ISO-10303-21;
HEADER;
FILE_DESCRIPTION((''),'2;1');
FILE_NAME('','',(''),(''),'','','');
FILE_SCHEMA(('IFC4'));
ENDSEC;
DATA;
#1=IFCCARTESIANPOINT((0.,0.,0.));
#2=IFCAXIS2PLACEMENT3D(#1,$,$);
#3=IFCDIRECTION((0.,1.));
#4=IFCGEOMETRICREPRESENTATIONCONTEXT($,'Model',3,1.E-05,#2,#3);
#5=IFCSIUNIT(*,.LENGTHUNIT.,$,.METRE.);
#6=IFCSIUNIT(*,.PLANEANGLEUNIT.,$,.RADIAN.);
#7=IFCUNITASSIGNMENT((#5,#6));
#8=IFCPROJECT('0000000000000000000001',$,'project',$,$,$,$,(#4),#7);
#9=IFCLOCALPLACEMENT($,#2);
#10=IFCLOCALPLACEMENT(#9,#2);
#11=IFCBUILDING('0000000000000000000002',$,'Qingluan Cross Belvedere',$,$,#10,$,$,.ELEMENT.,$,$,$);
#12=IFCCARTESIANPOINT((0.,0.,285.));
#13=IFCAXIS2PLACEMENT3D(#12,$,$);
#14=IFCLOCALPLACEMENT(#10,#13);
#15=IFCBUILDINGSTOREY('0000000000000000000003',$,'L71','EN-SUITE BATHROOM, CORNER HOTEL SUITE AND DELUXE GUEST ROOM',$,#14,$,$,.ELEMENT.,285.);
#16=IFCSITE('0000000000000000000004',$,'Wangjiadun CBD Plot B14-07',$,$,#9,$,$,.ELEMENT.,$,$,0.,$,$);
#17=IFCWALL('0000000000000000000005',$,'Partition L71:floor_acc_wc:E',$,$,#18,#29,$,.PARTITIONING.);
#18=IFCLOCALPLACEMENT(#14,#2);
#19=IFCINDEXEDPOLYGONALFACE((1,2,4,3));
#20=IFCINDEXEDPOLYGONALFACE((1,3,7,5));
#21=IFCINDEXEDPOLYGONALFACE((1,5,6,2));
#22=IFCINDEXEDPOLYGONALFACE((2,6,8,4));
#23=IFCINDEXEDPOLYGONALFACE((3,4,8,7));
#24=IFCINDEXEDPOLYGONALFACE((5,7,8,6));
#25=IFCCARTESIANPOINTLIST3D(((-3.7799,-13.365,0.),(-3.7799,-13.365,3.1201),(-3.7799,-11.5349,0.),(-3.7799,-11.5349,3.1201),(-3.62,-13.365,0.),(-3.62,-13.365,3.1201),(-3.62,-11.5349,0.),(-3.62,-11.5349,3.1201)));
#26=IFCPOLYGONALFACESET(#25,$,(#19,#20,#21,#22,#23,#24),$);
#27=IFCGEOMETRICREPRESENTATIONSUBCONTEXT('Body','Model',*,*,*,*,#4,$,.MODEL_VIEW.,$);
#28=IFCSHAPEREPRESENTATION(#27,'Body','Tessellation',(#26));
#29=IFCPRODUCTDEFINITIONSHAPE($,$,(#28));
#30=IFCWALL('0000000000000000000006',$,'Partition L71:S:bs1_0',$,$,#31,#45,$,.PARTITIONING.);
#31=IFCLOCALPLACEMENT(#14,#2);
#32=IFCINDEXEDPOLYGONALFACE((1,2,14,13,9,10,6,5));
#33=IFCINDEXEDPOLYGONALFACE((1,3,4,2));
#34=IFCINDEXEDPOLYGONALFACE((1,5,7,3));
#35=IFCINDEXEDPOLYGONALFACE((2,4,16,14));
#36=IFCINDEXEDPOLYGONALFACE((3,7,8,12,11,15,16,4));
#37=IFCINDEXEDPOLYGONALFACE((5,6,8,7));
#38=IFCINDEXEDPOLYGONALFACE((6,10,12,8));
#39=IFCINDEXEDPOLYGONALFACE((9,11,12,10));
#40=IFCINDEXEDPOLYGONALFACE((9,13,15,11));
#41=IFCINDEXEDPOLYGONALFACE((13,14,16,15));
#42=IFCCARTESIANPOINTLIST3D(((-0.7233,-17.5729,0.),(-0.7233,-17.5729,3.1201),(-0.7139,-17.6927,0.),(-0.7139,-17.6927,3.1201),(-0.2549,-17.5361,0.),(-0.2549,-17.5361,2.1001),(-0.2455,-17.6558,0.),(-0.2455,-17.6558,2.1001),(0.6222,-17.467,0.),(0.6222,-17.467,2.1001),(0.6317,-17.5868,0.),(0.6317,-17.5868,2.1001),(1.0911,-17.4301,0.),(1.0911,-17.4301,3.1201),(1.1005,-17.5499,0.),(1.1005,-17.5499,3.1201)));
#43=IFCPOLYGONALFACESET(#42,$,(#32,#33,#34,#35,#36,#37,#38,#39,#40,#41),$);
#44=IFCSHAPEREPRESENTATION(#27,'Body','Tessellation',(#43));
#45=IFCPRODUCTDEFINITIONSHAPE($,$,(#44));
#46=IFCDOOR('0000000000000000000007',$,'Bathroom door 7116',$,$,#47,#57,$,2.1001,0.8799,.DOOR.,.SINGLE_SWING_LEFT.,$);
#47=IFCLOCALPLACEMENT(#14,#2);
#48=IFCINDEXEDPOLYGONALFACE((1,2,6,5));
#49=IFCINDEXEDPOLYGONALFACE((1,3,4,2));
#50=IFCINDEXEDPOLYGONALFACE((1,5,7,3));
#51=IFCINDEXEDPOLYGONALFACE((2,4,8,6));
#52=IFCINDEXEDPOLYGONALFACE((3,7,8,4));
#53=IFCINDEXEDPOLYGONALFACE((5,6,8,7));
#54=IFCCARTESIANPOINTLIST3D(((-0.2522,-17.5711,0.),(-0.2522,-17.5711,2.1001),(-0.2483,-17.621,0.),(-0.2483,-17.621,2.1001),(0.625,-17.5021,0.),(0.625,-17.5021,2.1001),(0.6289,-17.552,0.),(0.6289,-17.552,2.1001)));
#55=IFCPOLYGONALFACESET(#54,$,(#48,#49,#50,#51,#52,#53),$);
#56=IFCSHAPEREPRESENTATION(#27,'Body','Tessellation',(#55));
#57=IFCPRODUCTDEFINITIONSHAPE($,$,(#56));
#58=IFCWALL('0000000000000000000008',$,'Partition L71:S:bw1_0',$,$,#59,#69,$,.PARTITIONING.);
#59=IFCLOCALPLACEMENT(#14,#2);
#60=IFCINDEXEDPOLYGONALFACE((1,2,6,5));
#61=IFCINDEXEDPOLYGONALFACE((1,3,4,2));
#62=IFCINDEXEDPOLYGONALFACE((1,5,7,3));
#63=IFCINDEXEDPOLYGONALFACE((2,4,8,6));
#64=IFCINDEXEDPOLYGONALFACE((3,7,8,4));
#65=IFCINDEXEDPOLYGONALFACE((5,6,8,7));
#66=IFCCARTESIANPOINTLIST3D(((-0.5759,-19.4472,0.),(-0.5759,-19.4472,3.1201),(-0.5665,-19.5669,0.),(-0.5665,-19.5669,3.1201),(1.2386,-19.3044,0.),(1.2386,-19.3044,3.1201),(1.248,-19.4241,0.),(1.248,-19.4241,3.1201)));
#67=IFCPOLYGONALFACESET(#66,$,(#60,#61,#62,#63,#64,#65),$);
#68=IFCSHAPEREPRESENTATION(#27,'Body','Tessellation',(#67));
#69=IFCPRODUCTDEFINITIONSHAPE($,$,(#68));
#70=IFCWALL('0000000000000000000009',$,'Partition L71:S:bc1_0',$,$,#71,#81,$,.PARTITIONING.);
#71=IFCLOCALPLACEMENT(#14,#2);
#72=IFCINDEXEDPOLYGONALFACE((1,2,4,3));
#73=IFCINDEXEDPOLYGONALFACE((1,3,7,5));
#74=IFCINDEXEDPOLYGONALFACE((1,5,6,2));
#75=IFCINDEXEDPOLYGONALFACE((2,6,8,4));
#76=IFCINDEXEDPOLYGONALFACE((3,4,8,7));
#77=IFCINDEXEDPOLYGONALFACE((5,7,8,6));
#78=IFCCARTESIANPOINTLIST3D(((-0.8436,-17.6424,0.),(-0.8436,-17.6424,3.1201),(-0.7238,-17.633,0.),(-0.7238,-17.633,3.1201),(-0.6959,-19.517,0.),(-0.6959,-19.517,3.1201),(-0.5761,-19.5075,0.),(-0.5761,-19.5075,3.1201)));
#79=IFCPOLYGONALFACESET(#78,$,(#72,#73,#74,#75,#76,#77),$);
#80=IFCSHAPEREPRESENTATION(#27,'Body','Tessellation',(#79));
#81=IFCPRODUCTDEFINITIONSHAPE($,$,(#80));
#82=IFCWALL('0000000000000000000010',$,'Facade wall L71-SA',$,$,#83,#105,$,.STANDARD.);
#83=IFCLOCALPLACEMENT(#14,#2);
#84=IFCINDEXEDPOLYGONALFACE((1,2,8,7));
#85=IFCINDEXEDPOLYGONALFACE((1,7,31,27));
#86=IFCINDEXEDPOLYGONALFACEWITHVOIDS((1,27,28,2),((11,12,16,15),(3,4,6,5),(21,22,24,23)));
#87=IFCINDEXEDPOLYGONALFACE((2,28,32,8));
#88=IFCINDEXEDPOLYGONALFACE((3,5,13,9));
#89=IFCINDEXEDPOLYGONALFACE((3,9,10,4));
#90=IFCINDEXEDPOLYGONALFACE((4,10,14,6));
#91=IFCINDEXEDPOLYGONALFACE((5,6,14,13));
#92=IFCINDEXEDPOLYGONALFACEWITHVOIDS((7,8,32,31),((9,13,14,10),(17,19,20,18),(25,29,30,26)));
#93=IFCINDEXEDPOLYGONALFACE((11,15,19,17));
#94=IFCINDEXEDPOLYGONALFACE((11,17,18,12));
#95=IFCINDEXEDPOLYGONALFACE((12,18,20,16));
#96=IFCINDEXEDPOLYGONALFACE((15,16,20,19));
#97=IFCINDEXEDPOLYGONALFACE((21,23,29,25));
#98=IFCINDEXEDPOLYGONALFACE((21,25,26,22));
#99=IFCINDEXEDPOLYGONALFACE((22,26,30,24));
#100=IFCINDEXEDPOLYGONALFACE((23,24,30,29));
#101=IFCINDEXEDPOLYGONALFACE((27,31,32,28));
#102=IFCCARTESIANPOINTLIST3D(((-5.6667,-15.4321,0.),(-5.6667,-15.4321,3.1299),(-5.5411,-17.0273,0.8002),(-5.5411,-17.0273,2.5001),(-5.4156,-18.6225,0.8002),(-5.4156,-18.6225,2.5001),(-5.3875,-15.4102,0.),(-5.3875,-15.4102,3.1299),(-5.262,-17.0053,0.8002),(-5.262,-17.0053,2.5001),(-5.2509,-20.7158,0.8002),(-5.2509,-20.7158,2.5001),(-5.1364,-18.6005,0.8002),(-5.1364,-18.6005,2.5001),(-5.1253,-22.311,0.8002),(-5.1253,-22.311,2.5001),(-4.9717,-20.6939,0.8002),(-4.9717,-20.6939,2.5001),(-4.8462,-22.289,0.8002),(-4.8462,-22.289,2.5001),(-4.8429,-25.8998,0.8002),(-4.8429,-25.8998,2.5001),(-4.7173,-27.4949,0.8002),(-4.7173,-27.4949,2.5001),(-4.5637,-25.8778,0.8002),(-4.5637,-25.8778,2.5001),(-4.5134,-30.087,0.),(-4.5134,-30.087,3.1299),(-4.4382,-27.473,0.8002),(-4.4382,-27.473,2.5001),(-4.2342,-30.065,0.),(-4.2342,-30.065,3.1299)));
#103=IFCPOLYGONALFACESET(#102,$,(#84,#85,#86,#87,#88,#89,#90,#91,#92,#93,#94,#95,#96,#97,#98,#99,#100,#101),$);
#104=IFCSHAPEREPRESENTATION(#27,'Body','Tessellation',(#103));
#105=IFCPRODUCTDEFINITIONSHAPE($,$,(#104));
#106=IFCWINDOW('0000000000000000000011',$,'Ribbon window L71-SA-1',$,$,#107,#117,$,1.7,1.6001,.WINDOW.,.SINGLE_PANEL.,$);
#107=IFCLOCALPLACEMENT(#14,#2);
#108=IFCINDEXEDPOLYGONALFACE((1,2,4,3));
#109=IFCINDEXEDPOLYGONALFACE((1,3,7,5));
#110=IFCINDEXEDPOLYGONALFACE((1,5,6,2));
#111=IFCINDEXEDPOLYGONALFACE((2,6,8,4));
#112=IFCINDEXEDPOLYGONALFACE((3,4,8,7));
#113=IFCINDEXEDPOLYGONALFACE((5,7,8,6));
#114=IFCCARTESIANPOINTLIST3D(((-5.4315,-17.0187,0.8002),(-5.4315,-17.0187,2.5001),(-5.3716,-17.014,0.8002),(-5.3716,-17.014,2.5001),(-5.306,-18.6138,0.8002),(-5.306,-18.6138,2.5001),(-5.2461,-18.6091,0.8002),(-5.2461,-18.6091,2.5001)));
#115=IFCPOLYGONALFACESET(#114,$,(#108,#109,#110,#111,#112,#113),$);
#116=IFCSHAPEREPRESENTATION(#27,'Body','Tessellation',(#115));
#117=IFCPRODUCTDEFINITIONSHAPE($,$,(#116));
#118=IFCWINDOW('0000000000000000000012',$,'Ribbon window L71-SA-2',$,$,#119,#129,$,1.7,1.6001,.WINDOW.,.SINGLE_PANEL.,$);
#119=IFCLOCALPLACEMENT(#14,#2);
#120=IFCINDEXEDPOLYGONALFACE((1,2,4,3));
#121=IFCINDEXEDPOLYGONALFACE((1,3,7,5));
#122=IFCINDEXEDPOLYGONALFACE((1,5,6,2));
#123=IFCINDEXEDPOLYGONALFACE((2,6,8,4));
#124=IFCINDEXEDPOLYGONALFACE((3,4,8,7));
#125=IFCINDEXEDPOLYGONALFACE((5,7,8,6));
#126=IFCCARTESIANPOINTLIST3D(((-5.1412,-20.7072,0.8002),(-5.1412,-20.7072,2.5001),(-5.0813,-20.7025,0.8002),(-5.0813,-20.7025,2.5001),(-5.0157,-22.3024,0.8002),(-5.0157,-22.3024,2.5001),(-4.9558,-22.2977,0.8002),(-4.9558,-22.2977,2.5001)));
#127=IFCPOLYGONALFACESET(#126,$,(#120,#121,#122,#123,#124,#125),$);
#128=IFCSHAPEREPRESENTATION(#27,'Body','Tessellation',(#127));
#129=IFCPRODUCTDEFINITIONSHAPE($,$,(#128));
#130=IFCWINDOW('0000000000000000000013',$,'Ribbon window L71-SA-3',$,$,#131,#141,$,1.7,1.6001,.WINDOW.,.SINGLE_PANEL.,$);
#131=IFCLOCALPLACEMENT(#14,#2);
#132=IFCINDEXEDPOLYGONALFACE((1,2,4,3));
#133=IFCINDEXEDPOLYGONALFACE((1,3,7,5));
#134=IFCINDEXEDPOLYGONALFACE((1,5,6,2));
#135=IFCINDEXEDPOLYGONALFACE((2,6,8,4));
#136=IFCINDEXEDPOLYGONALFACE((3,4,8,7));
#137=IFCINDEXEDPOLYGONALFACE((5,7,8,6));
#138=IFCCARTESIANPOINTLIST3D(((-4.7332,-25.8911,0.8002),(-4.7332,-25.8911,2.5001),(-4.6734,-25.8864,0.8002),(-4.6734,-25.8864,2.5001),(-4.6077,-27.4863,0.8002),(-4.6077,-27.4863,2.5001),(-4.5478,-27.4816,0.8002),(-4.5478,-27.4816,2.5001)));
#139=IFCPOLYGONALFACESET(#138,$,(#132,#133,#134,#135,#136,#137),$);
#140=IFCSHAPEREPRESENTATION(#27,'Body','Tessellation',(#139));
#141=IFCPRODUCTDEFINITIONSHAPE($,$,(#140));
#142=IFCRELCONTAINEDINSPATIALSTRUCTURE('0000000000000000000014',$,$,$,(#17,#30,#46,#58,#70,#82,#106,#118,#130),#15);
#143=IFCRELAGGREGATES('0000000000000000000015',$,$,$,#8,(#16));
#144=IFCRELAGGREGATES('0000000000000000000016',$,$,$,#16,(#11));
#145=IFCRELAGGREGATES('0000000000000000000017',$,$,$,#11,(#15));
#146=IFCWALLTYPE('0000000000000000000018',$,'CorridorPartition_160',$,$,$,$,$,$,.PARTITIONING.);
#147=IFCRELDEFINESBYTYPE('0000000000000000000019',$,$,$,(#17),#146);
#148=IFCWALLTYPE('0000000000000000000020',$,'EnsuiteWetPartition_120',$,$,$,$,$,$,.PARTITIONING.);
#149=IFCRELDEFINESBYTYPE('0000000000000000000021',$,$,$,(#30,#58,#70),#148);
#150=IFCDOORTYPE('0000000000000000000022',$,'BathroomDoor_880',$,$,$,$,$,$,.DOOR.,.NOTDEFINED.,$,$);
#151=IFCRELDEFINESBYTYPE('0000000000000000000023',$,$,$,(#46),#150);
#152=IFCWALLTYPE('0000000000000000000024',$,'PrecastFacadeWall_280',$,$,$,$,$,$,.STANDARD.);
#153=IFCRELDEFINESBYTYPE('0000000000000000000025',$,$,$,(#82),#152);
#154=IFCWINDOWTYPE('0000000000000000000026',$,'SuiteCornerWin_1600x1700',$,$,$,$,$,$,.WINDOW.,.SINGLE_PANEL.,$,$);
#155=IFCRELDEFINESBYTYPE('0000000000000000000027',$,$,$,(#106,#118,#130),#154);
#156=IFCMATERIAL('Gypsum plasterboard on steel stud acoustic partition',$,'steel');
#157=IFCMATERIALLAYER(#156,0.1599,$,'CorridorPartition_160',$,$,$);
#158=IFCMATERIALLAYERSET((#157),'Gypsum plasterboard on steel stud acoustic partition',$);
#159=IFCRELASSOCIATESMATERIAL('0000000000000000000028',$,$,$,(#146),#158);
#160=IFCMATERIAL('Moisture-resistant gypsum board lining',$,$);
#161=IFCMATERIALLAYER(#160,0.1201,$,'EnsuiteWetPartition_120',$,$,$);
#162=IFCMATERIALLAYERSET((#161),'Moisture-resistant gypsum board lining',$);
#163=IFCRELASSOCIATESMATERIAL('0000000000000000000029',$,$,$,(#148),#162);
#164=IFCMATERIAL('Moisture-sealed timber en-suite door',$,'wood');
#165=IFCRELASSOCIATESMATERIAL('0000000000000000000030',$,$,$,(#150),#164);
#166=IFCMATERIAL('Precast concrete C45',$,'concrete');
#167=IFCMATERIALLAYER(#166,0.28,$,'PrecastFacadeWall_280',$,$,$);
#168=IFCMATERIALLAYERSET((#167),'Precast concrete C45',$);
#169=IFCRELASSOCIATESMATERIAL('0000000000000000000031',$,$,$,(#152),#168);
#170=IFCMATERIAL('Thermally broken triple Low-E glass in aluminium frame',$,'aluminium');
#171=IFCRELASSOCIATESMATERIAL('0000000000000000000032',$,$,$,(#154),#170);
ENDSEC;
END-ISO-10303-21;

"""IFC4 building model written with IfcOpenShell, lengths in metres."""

from ifc_helpers import new_model, si_unit, direction, frame, frame_2d, origin, place, context, subcontext, project, spatial, rectangle, extrude, material, layer, layer_set, type_object, element, fill, save


model = new_model("IFC4")

# Units and contexts
model_context = context("Model", 3, precision=1e-05, world=origin(), true_north=direction((0.0, 1.0)))
body_context = subcontext(model_context, "Body", "Model", "MODEL_VIEW")
ifc_project = project(units=[si_unit("LENGTHUNIT", "METRE"), si_unit("PLANEANGLEUNIT", "RADIAN")], contexts=[model_context])

# Site, building, storey
site_placement = place(None, origin())
site = spatial("IfcSite", under=ifc_project, at=site_placement, Name="Wangjiadun CBD Plot B14-07", CompositionType="ELEMENT", RefElevation=0.0)
building_placement = place(site_placement, origin())
building = spatial("IfcBuilding", under=site, at=building_placement, Name="Qingluan Cross Belvedere", CompositionType="ELEMENT")
storey_placement = place(building_placement, frame((0.0, 0.0, 285.0)))
storey = spatial("IfcBuildingStorey", under=building, at=storey_placement, Name="L71", Description="EN-SUITE BATHROOM, CORNER HOTEL SUITE AND DELUXE GUEST ROOM", CompositionType="ELEMENT", Elevation=285.0)

# Wall
ifc_material_1 = material(Name="Gypsum plasterboard on steel stud acoustic partition", Category="steel")
ifc_layer_1 = layer(ifc_material_1, 0.1599, Name="CorridorPartition_160")
ifc_layer_set_1 = layer_set([ifc_layer_1], Name="Gypsum plasterboard on steel stud acoustic partition")
wall_type_1 = type_object("IfcWallType", Name="CorridorPartition_160", PredefinedType="PARTITIONING", material=ifc_layer_set_1)
wall_1_placement = place(storey_placement, frame((-3.7, -13.365, 0.0), z_axis=(0.0, 0.0, 1.0), x_axis=(0.0, 1.0, 0.0)))
element("IfcWall", 1, at=wall_1_placement, inside=storey, type_object=wall_type_1, Name="Partition L71:floor_acc_wc:E", PredefinedType="PARTITIONING", context=body_context, shape_type="SweptSolid", body=[
    extrude(rectangle(XDim=1.8301, YDim=0.1599, at=frame_2d((0.915, 0.0))), origin(), (0.0, 0.0, 1.0), 3.1201),
])

# Wall, opening, door
ifc_material_2 = material(Name="Moisture-resistant gypsum board lining")
ifc_layer_2 = layer(ifc_material_2, 0.1201, Name="EnsuiteWetPartition_120")
ifc_layer_set_2 = layer_set([ifc_layer_2], Name="Moisture-resistant gypsum board lining")
wall_type_2 = type_object("IfcWallType", Name="EnsuiteWetPartition_120", PredefinedType="PARTITIONING", material=ifc_layer_set_2)
wall_2_placement = place(storey_placement, frame((-0.7188, -17.6328, 0.0), z_axis=(0.0, 0.0, 1.0), x_axis=(0.996916, 0.078471, 0.0)))
wall_2 = element("IfcWall", 2, at=wall_2_placement, inside=storey, type_object=wall_type_2, Name="Partition L71:S:bs1_0", PredefinedType="PARTITIONING", context=body_context, shape_type="SweptSolid", body=[
    extrude(rectangle(XDim=1.8201, YDim=0.1201, at=frame_2d((0.9102, 0.0))), origin(), (0.0, 0.0, 1.0), 3.1201),
])
opening_1_placement = place(wall_2_placement, frame((0.47, 0.0, 0.0)))
opening_1 = element("IfcOpeningElement", 3, at=opening_1_placement, cuts=wall_2, PredefinedType="OPENING", context=body_context, shape_type="SweptSolid", body=[
    extrude(rectangle(XDim=0.8799, YDim=2.1001, at=frame_2d((0.4399, 1.05))), frame((0.0, 0.0701, 0.0), z_axis=(0.0, -1.0, 0.0), x_axis=(1.0, 0.0, 0.0)), (0.0, 0.0, 1.0), 0.1401),
])
ifc_material_3 = material(Name="Moisture-sealed timber en-suite door", Category="wood")
door_type = type_object("IfcDoorType", Name="BathroomDoor_880", OperationType="NOTDEFINED", PredefinedType="DOOR", material=ifc_material_3)
door_placement = place(opening_1_placement, origin())
door = element("IfcDoor", 4, at=door_placement, inside=storey, type_object=door_type, Name="Bathroom door 7116", OperationType="SINGLE_SWING_LEFT", OverallHeight=2.1001, OverallWidth=0.8799, PredefinedType="DOOR", context=body_context, shape_type="SweptSolid", body=[
    extrude(rectangle(XDim=0.8799, YDim=2.1001, at=frame_2d((0.4399, 1.05))), frame((0.0, 0.0249, 0.0), z_axis=(0.0, -1.0, 0.0), x_axis=(1.0, 0.0, 0.0)), (0.0, 0.0, 1.0), 0.05),
])
fill(opening_1, door)

# Walls
wall_3_placement = place(storey_placement, frame((-0.5713, -19.5071, 0.0), z_axis=(0.0, 0.0, 1.0), x_axis=(0.996916, 0.078471, 0.0)))
element("IfcWall", 5, at=wall_3_placement, inside=storey, type_object=wall_type_2, Name="Partition L71:S:bw1_0", PredefinedType="PARTITIONING", context=body_context, shape_type="SweptSolid", body=[
    extrude(rectangle(XDim=1.8201, YDim=0.1201, at=frame_2d((0.9102, 0.0))), origin(), (0.0, 0.0, 1.0), 3.1201),
])
wall_4_placement = place(storey_placement, frame((-0.7837, -17.6377, 0.0), z_axis=(0.0, 0.0, 1.0), x_axis=(0.078553, -0.99691, 0.0)))
element("IfcWall", 6, at=wall_4_placement, inside=storey, type_object=wall_type_2, Name="Partition L71:S:bc1_0", PredefinedType="PARTITIONING", context=body_context, shape_type="SweptSolid", body=[
    extrude(rectangle(XDim=1.8804, YDim=0.1201, at=frame_2d((0.9402, 0.0))), origin(), (0.0, 0.0, 1.0), 3.1201),
])

# Wall, openings, windows
ifc_material_4 = material(Name="Precast concrete C45", Category="concrete")
ifc_layer_3 = layer(ifc_material_4, 0.28, Name="PrecastFacadeWall_280")
ifc_layer_set_3 = layer_set([ifc_layer_3], Name="Precast concrete C45")
wall_type_3 = type_object("IfcWallType", Name="PrecastFacadeWall_280", PredefinedType="STANDARD", material=ifc_layer_set_3)
wall_5_placement = place(storey_placement, frame((-5.5271, -15.4211, 0.0), z_axis=(0.0, 0.0, 1.0), x_axis=(0.078457, -0.996918, 0.0)))
wall_5 = element("IfcWall", 7, at=wall_5_placement, inside=storey, type_object=wall_type_3, Name="Facade wall L71-SA", PredefinedType="STANDARD", context=body_context, shape_type="SweptSolid", body=[
    extrude(rectangle(XDim=14.7002, YDim=0.28, at=frame_2d((7.3501, 0.0))), origin(), (0.0, 0.0, 1.0), 3.1299),
])
opening_2_placement = place(wall_5_placement, frame((1.6001, 0.0, 0.8)))
opening_2 = element("IfcOpeningElement", 8, at=opening_2_placement, cuts=wall_5, PredefinedType="OPENING", context=body_context, shape_type="SweptSolid", body=[
    extrude(rectangle(XDim=1.6001, YDim=1.7, at=frame_2d((0.8, 0.8501))), frame((0.0, 0.1499, 0.0), z_axis=(0.0, -1.0, 0.0), x_axis=(1.0, 0.0, 0.0)), (0.0, 0.0, 1.0), 0.3),
])
opening_3_placement = place(wall_5_placement, frame((5.3, 0.0, 0.8)))
opening_3 = element("IfcOpeningElement", 9, at=opening_3_placement, cuts=wall_5, PredefinedType="OPENING", context=body_context, shape_type="SweptSolid", body=[
    extrude(rectangle(XDim=1.6001, YDim=1.7, at=frame_2d((0.8, 0.8501))), frame((0.0, 0.1499, 0.0), z_axis=(0.0, -1.0, 0.0), x_axis=(1.0, 0.0, 0.0)), (0.0, 0.0, 1.0), 0.3),
])
opening_4_placement = place(wall_5_placement, frame((10.5, 0.0, 0.8)))
opening_4 = element("IfcOpeningElement", 10, at=opening_4_placement, cuts=wall_5, PredefinedType="OPENING", context=body_context, shape_type="SweptSolid", body=[
    extrude(rectangle(XDim=1.6001, YDim=1.7, at=frame_2d((0.8, 0.8501))), frame((0.0, 0.1499, 0.0), z_axis=(0.0, -1.0, 0.0), x_axis=(1.0, 0.0, 0.0)), (0.0, 0.0, 1.0), 0.3),
])
ifc_material_5 = material(Name="Thermally broken triple Low-E glass in aluminium frame", Category="aluminium")
window_type_1 = type_object("IfcWindowType", Name="SuiteCornerWin_1600x1700", PartitioningType="SINGLE_PANEL", PredefinedType="WINDOW", material=ifc_material_5)
window_1_placement = place(opening_2_placement, origin())
window_1 = element("IfcWindow", 11, at=window_1_placement, inside=storey, type_object=window_type_1, Name="Ribbon window L71-SA-1", OverallHeight=1.7, OverallWidth=1.6001, PartitioningType="SINGLE_PANEL", PredefinedType="WINDOW", context=body_context, shape_type="SweptSolid", body=[
    extrude(rectangle(XDim=1.6001, YDim=1.7, at=frame_2d((0.8, 0.8501))), frame((0.0, 0.03, 0.0), z_axis=(0.0, -1.0, 0.0), x_axis=(1.0, 0.0, 0.0)), (0.0, 0.0, 1.0), 0.0601),
])
fill(opening_2, window_1)
window_2_placement = place(opening_3_placement, origin())
window_2 = element("IfcWindow", 12, at=window_2_placement, inside=storey, type_object=window_type_1, Name="Ribbon window L71-SA-2", OverallHeight=1.7, OverallWidth=1.6001, PartitioningType="SINGLE_PANEL", PredefinedType="WINDOW", context=body_context, shape_type="SweptSolid", body=[
    extrude(rectangle(XDim=1.6001, YDim=1.7, at=frame_2d((0.8, 0.8501))), frame((0.0, 0.03, 0.0), z_axis=(0.0, -1.0, 0.0), x_axis=(1.0, 0.0, 0.0)), (0.0, 0.0, 1.0), 0.0601),
])
fill(opening_3, window_2)
window_3_placement = place(opening_4_placement, origin())
window_3 = element("IfcWindow", 13, at=window_3_placement, inside=storey, type_object=window_type_1, Name="Ribbon window L71-SA-3", OverallHeight=1.7, OverallWidth=1.6001, PartitioningType="SINGLE_PANEL", PredefinedType="WINDOW", context=body_context, shape_type="SweptSolid", body=[
    extrude(rectangle(XDim=1.6001, YDim=1.7, at=frame_2d((0.8, 0.8501))), frame((0.0, 0.03, 0.0), z_axis=(0.0, -1.0, 0.0), x_axis=(1.0, 0.0, 0.0)), (0.0, 0.0, 1.0), 0.0601),
])
fill(opening_4, window_3)

save(model, "model.ifc")
